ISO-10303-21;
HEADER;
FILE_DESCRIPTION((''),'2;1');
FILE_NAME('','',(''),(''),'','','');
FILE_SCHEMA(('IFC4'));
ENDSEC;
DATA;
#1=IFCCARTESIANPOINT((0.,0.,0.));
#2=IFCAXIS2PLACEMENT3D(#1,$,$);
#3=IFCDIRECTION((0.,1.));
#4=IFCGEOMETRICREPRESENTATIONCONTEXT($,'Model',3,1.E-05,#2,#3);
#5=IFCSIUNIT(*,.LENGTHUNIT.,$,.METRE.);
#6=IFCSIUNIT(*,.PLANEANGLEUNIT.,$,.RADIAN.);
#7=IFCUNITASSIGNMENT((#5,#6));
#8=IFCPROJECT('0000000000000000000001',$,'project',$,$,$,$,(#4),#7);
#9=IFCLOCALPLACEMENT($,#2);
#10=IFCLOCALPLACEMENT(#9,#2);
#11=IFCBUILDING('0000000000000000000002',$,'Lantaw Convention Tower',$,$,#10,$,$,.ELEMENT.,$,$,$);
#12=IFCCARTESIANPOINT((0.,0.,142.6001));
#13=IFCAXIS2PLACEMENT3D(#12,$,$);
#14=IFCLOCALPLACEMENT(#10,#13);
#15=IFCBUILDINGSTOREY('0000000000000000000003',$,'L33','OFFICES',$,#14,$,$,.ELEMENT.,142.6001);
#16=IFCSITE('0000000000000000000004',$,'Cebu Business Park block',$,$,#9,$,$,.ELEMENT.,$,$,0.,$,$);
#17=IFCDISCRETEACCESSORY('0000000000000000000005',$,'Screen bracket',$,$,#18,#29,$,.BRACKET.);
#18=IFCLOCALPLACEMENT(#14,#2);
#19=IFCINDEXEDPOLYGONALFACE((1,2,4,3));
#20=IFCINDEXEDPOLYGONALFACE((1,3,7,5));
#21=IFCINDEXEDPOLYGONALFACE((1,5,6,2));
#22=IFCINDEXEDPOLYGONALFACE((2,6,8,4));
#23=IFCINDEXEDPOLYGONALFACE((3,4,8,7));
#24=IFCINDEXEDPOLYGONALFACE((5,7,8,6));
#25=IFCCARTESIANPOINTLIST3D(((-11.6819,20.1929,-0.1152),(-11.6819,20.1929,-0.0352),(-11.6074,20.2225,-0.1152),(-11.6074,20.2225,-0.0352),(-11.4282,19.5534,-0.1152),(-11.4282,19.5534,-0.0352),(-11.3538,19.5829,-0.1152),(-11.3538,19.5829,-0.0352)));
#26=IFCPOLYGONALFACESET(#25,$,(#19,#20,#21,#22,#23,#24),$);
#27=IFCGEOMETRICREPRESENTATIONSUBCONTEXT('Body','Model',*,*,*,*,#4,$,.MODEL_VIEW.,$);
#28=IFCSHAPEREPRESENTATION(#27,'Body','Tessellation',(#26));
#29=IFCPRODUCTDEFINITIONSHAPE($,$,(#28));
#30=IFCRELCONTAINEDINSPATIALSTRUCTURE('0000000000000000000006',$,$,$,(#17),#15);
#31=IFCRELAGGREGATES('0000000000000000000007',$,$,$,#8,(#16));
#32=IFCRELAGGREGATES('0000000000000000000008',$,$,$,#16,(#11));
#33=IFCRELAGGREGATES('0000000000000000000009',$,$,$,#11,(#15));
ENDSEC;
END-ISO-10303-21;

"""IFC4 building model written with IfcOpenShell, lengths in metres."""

from ifc_helpers import new_model, si_unit, direction, frame, origin, origin_2d, place, context, subcontext, project, spatial, rectangle, extrude, element, save


model = new_model("IFC4")

# Units and contexts
model_context = context("Model", 3, precision=1e-05, world=origin(), true_north=direction((0.0, 1.0)))
body_context = subcontext(model_context, "Body", "Model", "MODEL_VIEW")
ifc_project = project(units=[si_unit("LENGTHUNIT", "METRE"), si_unit("PLANEANGLEUNIT", "RADIAN")], contexts=[model_context])

# Site, building, storey
site_placement = place(None, origin())
site = spatial("IfcSite", under=ifc_project, at=site_placement, Name="Cebu Business Park block", CompositionType="ELEMENT", RefElevation=0.0)
building_placement = place(site_placement, origin())
building = spatial("IfcBuilding", under=site, at=building_placement, Name="Lantaw Convention Tower", CompositionType="ELEMENT")
storey_placement = place(building_placement, frame((0.0, 0.0, 142.6001)))
storey = spatial("IfcBuildingStorey", under=building, at=storey_placement, Name="L33", Description="OFFICES", CompositionType="ELEMENT", Elevation=142.6001)

# Discrete accessory
for number, where, z_axis, x_axis, name in (
    (1, (-11.5178, 19.8879, -0.1152), (0.0, 0.0, 1.0), (-0.929548, -0.368702, 0.0), "Screen bracket"),
):
    element("IfcDiscreteAccessory", number, at=place(storey_placement, frame(where, z_axis=z_axis, x_axis=x_axis)), inside=storey, Name=name, PredefinedType="BRACKET", context=body_context, shape_type="SweptSolid", body=[
        extrude(rectangle(XDim=0.0801, YDim=0.688, at=origin_2d()), origin(), (0.0, 0.0, 1.0), 0.0801),
    ])

save(model, "model.ifc")
